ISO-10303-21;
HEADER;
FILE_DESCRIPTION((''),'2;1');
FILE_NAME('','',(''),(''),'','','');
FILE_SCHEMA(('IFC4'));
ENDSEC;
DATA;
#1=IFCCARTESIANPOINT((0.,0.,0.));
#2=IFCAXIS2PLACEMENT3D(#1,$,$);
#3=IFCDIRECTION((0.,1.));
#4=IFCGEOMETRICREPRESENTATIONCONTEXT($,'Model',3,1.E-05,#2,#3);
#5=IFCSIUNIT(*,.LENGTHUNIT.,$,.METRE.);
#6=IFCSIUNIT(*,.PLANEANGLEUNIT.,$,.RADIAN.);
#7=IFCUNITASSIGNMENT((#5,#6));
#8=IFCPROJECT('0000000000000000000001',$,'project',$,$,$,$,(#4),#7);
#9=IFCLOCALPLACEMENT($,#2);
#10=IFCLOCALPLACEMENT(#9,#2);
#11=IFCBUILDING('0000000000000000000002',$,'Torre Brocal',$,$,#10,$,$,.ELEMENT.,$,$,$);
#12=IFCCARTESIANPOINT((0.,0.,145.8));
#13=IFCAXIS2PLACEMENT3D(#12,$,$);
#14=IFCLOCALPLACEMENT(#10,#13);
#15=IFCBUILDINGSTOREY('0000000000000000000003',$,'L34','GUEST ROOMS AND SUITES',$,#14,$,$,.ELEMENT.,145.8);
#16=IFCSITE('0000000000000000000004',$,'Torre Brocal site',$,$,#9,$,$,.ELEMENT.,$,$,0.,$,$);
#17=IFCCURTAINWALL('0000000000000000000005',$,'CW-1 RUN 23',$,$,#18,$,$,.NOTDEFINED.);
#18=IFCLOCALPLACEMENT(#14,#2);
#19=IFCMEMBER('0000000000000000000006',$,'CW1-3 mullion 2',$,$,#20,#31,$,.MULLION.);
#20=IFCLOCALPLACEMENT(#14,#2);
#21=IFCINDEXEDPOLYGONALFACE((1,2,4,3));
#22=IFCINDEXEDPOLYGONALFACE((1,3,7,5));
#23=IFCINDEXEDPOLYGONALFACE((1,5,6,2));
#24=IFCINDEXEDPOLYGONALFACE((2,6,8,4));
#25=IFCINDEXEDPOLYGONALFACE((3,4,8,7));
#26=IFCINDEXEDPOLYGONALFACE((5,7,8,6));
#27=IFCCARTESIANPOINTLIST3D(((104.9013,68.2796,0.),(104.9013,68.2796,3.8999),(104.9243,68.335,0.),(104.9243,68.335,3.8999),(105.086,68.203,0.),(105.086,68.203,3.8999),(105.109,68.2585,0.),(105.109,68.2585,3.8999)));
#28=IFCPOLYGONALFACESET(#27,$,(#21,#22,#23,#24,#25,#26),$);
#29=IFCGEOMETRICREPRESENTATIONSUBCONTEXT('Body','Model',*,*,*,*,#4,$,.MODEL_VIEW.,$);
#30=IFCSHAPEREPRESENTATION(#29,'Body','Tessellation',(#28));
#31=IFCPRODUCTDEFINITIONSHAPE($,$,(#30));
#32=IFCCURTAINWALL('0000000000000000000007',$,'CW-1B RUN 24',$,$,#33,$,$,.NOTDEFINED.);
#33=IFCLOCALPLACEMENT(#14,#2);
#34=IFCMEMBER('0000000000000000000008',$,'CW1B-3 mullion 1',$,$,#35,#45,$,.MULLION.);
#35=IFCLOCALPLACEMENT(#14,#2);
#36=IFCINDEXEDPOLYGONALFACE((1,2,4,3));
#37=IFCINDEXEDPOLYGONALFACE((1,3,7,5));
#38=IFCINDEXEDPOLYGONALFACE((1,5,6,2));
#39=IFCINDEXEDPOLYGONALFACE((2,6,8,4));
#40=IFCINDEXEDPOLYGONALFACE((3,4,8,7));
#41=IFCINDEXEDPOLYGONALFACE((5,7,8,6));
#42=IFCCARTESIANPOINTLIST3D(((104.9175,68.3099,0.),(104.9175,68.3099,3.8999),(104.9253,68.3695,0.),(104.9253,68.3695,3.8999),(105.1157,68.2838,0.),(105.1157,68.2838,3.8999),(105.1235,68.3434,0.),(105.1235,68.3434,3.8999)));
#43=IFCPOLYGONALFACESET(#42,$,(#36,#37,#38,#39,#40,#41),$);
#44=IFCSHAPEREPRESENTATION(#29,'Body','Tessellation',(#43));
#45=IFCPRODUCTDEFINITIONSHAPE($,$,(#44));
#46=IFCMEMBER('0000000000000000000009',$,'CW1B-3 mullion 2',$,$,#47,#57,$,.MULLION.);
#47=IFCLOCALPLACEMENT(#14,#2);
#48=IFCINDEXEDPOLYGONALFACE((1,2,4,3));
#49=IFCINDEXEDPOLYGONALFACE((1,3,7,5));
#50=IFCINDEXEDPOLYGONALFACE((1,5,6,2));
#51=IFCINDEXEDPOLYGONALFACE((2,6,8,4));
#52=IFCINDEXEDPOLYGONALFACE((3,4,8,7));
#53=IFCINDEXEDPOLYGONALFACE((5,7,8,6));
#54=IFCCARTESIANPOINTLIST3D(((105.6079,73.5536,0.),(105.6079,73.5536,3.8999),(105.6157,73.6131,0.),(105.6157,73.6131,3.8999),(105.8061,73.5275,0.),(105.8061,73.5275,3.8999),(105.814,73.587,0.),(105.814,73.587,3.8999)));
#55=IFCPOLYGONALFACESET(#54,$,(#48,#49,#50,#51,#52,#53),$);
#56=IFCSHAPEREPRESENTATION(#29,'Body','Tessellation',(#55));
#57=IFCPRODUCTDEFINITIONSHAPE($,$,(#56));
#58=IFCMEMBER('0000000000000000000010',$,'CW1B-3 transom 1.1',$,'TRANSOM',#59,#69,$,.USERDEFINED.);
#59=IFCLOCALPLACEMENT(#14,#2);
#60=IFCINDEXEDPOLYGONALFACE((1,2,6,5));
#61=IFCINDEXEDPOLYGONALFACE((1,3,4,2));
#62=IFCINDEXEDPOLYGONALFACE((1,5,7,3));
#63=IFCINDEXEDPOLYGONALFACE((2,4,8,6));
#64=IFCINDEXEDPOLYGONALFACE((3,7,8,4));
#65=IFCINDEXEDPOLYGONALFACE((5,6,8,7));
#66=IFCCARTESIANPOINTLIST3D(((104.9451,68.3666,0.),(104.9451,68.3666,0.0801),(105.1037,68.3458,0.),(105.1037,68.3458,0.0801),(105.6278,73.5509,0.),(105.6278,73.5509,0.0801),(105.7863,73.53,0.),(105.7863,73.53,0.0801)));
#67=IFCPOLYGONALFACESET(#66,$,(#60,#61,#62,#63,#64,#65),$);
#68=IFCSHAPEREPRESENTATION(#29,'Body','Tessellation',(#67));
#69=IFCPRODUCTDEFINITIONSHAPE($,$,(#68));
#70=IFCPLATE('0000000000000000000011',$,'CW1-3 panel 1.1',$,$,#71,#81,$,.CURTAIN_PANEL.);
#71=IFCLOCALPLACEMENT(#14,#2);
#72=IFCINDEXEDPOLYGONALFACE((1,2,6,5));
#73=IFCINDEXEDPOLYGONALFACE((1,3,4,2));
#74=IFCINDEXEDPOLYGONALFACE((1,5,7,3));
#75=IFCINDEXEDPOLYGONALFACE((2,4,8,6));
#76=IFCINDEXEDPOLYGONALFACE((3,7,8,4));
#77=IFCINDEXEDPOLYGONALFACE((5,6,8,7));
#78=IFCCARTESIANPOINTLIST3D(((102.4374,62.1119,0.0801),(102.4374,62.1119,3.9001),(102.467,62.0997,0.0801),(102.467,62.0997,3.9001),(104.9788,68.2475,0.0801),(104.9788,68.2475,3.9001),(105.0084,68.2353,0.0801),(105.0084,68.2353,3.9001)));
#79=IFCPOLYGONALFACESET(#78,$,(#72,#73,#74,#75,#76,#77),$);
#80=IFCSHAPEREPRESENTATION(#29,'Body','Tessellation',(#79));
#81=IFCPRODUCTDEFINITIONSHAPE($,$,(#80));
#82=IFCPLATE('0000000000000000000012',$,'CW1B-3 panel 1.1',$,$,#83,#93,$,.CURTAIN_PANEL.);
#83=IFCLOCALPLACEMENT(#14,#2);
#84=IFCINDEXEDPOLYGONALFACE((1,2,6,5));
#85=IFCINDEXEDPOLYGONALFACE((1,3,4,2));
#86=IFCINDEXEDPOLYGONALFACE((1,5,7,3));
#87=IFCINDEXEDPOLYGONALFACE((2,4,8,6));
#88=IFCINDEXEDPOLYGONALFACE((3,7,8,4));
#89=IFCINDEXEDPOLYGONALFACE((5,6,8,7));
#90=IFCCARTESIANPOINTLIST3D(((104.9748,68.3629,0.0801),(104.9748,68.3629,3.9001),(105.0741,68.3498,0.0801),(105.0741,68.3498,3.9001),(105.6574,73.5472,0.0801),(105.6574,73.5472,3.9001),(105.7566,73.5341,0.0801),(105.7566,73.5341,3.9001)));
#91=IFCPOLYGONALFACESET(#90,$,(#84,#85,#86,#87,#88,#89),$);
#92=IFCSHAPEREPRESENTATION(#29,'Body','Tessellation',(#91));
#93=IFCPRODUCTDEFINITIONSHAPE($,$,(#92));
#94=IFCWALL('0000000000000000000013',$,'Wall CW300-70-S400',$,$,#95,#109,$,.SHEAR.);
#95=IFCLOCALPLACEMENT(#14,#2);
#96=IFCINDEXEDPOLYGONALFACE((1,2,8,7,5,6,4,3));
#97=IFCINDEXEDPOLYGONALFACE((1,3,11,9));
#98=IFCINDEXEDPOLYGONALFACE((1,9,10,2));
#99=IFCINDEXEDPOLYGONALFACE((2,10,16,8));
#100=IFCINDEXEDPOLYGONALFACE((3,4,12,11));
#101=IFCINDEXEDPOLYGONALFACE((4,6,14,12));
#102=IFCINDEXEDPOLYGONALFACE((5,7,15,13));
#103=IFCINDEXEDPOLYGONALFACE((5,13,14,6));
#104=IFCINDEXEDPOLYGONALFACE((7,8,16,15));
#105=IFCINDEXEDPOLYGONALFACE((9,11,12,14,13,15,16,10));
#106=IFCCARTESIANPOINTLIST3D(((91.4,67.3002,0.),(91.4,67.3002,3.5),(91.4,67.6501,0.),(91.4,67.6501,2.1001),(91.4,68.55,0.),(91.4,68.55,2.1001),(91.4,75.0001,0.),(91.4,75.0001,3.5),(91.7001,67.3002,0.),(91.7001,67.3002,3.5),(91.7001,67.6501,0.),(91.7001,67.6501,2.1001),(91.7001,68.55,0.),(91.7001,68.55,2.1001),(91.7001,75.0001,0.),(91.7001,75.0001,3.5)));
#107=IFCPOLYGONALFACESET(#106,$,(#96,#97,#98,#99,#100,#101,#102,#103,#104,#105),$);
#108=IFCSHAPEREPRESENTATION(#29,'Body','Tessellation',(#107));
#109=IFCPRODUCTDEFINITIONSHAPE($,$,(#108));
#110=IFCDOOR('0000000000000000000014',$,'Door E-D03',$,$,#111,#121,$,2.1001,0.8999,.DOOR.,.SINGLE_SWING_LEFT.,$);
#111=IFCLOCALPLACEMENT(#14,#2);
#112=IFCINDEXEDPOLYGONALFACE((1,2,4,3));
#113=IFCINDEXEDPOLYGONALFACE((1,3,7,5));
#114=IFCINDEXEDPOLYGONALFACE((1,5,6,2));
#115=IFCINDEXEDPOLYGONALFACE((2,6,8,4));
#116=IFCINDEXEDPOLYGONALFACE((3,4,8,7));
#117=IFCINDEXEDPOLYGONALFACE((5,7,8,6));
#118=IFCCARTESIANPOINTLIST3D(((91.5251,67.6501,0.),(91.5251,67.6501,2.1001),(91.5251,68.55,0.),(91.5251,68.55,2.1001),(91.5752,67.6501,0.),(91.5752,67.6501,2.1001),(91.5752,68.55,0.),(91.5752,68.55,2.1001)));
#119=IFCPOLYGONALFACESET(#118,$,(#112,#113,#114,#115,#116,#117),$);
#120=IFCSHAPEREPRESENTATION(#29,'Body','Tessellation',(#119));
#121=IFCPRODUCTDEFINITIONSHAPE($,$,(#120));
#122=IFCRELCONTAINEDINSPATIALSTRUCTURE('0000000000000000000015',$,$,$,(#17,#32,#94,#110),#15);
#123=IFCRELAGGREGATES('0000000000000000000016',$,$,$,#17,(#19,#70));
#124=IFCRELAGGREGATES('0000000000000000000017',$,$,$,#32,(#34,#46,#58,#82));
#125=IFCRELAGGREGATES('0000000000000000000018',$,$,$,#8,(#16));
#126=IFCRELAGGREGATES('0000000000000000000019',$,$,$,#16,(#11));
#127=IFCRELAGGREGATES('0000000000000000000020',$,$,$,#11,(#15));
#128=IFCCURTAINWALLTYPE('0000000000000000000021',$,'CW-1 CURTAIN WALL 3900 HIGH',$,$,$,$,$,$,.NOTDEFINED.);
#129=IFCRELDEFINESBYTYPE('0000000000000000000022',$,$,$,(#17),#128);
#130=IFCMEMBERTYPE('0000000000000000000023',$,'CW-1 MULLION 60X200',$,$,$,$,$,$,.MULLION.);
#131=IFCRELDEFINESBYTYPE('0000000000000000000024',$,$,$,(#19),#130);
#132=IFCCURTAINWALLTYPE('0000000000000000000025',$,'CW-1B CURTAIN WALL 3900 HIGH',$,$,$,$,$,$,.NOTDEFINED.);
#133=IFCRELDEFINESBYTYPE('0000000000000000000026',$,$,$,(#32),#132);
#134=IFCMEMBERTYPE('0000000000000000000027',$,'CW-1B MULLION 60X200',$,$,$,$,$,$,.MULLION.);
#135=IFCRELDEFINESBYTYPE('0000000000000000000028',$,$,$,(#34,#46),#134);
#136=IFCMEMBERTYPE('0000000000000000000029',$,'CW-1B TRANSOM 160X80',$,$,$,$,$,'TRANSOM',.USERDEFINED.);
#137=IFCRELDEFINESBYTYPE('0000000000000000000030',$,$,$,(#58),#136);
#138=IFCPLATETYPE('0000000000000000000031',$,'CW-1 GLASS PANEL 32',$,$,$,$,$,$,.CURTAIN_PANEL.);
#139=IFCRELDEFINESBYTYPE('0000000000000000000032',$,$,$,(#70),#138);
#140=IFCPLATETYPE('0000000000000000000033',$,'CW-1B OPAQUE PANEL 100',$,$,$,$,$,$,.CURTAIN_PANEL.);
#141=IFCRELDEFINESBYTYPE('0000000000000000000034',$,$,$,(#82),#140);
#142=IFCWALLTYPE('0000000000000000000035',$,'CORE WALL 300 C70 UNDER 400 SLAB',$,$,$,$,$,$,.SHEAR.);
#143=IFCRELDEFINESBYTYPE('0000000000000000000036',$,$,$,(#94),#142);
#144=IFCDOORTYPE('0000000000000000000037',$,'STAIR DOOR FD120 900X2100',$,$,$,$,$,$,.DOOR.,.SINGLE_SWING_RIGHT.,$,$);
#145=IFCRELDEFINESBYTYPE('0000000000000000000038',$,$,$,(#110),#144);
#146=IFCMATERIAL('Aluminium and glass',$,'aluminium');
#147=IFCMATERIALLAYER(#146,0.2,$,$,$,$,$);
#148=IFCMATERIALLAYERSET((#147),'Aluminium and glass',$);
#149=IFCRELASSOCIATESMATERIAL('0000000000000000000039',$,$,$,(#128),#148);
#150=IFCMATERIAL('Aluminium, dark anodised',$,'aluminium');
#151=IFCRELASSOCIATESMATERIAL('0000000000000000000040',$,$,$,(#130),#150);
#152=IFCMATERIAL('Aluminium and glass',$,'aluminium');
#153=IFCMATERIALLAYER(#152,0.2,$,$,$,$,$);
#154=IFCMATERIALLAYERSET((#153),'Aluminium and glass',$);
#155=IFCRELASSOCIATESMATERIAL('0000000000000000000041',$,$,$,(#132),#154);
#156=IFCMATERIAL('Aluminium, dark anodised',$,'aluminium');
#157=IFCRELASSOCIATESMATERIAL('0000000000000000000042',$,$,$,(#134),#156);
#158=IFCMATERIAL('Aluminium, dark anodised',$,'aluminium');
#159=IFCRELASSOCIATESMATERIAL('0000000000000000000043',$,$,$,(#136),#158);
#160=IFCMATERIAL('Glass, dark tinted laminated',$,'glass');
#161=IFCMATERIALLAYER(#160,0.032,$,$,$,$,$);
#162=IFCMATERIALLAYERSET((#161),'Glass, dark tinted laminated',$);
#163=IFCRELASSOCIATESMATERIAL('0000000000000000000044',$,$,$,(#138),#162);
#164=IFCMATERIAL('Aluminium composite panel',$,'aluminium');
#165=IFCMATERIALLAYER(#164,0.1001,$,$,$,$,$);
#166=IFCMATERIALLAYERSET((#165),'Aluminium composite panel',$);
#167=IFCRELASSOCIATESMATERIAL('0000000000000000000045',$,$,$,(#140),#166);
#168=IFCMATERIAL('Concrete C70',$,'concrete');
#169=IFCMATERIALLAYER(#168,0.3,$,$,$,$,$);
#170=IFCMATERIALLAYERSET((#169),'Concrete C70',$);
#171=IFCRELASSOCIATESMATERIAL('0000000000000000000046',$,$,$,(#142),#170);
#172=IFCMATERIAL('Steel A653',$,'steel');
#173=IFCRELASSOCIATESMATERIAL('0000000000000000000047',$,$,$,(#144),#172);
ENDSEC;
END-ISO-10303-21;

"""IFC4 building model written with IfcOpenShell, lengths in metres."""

from ifc_helpers import new_model, si_unit, direction, frame, frame_2d, origin, origin_2d, place, context, subcontext, project, spatial, rectangle, extrude, material, layer, layer_set, material_profile, profile_set, type_object, element, fill, aggregate, save


model = new_model("IFC4")

# Units and contexts
model_context = context("Model", 3, precision=1e-05, world=origin(), true_north=direction((0.0, 1.0)))
body_context = subcontext(model_context, "Body", "Model", "MODEL_VIEW")
ifc_project = project(units=[si_unit("LENGTHUNIT", "METRE"), si_unit("PLANEANGLEUNIT", "RADIAN")], contexts=[model_context])

# Site, building, storey
site_placement = place(None, origin())
site = spatial("IfcSite", under=ifc_project, at=site_placement, Name="Torre Brocal site", CompositionType="ELEMENT", RefElevation=0.0)
building_placement = place(site_placement, origin())
building = spatial("IfcBuilding", under=site, at=building_placement, Name="Torre Brocal", CompositionType="ELEMENT")
storey_placement = place(building_placement, frame((0.0, 0.0, 145.8)))
storey = spatial("IfcBuildingStorey", under=building, at=storey_placement, Name="L34", Description="GUEST ROOMS AND SUITES", CompositionType="ELEMENT", Elevation=145.8)

# Curtain wall, member
ifc_material_1 = material(Name="Aluminium and glass", Category="aluminium")
ifc_layer_1 = layer(ifc_material_1, 0.2)
ifc_layer_set_1 = layer_set([ifc_layer_1], Name="Aluminium and glass")
curtain_wall_type_1 = type_object("IfcCurtainWallType", Name="CW-1 CURTAIN WALL 3900 HIGH", PredefinedType="NOTDEFINED", material=ifc_layer_set_1)
curtain_wall_1_placement = place(storey_placement, origin())
curtain_wall_1 = element("IfcCurtainWall", 1, at=curtain_wall_1_placement, inside=storey, type_object=curtain_wall_type_1, Name="CW-1 RUN 23", PredefinedType="NOTDEFINED")
ifc_material_2 = material(Name="Aluminium, dark anodised", Category="aluminium")
ifc_material_profile_1 = material_profile(ifc_material_2, rectangle(XDim=0.2, YDim=0.0601, at=origin_2d()), Name="CW-1 MULLION 60X200")
ifc_profile_set_1 = profile_set([ifc_material_profile_1], Name="Aluminium, dark anodised")
member_type_1 = type_object("IfcMemberType", Name="CW-1 MULLION 60X200", PredefinedType="MULLION", material=ifc_profile_set_1)
member_1_placement = place(storey_placement, frame((105.0051, 68.269, 0.0), z_axis=(0.0, 0.0, 1.0), x_axis=(-0.92388, 0.382683, 0.0)))
member_1 = element("IfcMember", 2, at=member_1_placement, type_object=member_type_1, Name="CW1-3 mullion 2", PredefinedType="MULLION", context=body_context, shape_type="SweptSolid", body=[
    extrude(rectangle(XDim=0.2, YDim=0.0601, at=origin_2d()), origin(), (0.0, 0.0, 1.0), 3.8999),
])

# Curtain wall, members
ifc_material_3 = material(Name="Aluminium and glass", Category="aluminium")
ifc_layer_2 = layer(ifc_material_3, 0.2)
ifc_layer_set_2 = layer_set([ifc_layer_2], Name="Aluminium and glass")
curtain_wall_type_2 = type_object("IfcCurtainWallType", Name="CW-1B CURTAIN WALL 3900 HIGH", PredefinedType="NOTDEFINED", material=ifc_layer_set_2)
curtain_wall_2_placement = place(storey_placement, origin())
curtain_wall_2 = element("IfcCurtainWall", 3, at=curtain_wall_2_placement, inside=storey, type_object=curtain_wall_type_2, Name="CW-1B RUN 24", PredefinedType="NOTDEFINED")
ifc_material_4 = material(Name="Aluminium, dark anodised", Category="aluminium")
ifc_material_profile_2 = material_profile(ifc_material_4, rectangle(XDim=0.2, YDim=0.0601, at=origin_2d()), Name="CW-1B MULLION 60X200")
ifc_profile_set_2 = profile_set([ifc_material_profile_2], Name="Aluminium, dark anodised")
member_type_2 = type_object("IfcMemberType", Name="CW-1B MULLION 60X200", PredefinedType="MULLION", material=ifc_profile_set_2)
member_2_placement = place(storey_placement, frame((105.0205, 68.3267, 0.0), z_axis=(0.0, 0.0, 1.0), x_axis=(-0.991445, 0.130526, 0.0)))
member_2 = element("IfcMember", 4, at=member_2_placement, type_object=member_type_2, Name="CW1B-3 mullion 1", PredefinedType="MULLION", context=body_context, shape_type="SweptSolid", body=[
    extrude(rectangle(XDim=0.2, YDim=0.0601, at=origin_2d()), origin(), (0.0, 0.0, 1.0), 3.8999),
])
member_3_placement = place(storey_placement, frame((105.7109, 73.5703, 0.0), z_axis=(0.0, 0.0, 1.0), x_axis=(-0.991445, 0.130526, 0.0)))
member_3 = element("IfcMember", 5, at=member_3_placement, type_object=member_type_2, Name="CW1B-3 mullion 2", PredefinedType="MULLION", context=body_context, shape_type="SweptSolid", body=[
    extrude(rectangle(XDim=0.2, YDim=0.0601, at=origin_2d()), origin(), (0.0, 0.0, 1.0), 3.8999),
])
ifc_material_5 = material(Name="Aluminium, dark anodised", Category="aluminium")
ifc_material_profile_3 = material_profile(ifc_material_5, rectangle(XDim=0.1599, YDim=0.0801, at=origin_2d()), Name="CW-1B TRANSOM 160X80")
ifc_profile_set_3 = profile_set([ifc_material_profile_3], Name="Aluminium, dark anodised")
member_type_3 = type_object("IfcMemberType", Name="CW-1B TRANSOM 160X80", ElementType="TRANSOM", PredefinedType="USERDEFINED", material=ifc_profile_set_3)
member_4_placement = place(storey_placement, frame((105.0244, 68.3562, 0.04), z_axis=(0.130543, 0.991443, 0.0), x_axis=(-0.991443, 0.130543, 0.0)))
member_4 = element("IfcMember", 6, at=member_4_placement, type_object=member_type_3, Name="CW1B-3 transom 1.1", ObjectType="TRANSOM", PredefinedType="USERDEFINED", context=body_context, shape_type="SweptSolid", body=[
    extrude(rectangle(XDim=0.1599, YDim=0.0801, at=origin_2d()), origin(), (0.0, 0.0, 1.0), 5.229),
])

# Plates
ifc_material_6 = material(Name="Glass, dark tinted laminated", Category="glass")
ifc_layer_3 = layer(ifc_material_6, 0.032)
ifc_layer_set_3 = layer_set([ifc_layer_3], Name="Glass, dark tinted laminated")
plate_type_1 = type_object("IfcPlateType", Name="CW-1 GLASS PANEL 32", PredefinedType="CURTAIN_PANEL", material=ifc_layer_set_3)
plate_1_placement = place(storey_placement, frame((103.7229, 65.1736, 0.0801), z_axis=(0.0, 0.0, 1.0), x_axis=(0.382683, 0.92388, 0.0)))
plate_1 = element("IfcPlate", 7, at=plate_1_placement, type_object=plate_type_1, Name="CW1-3 panel 1.1", PredefinedType="CURTAIN_PANEL", context=body_context, shape_type="SweptSolid", body=[
    extrude(rectangle(XDim=6.6411, YDim=0.032, at=origin_2d()), origin(), (0.0, 0.0, 1.0), 3.8201),
])
aggregate(curtain_wall_1, [member_1, plate_1])
ifc_material_7 = material(Name="Aluminium composite panel", Category="aluminium")
ifc_layer_4 = layer(ifc_material_7, 0.1001)
ifc_layer_set_4 = layer_set([ifc_layer_4], Name="Aluminium composite panel")
plate_type_2 = type_object("IfcPlateType", Name="CW-1B OPAQUE PANEL 100", PredefinedType="CURTAIN_PANEL", material=ifc_layer_set_4)
plate_2_placement = place(storey_placement, frame((105.3657, 70.9485, 0.0801), z_axis=(0.0, 0.0, 1.0), x_axis=(0.130526, 0.991445, 0.0)))
plate_2 = element("IfcPlate", 8, at=plate_2_placement, type_object=plate_type_2, Name="CW1B-3 panel 1.1", PredefinedType="CURTAIN_PANEL", context=body_context, shape_type="SweptSolid", body=[
    extrude(rectangle(XDim=5.229, YDim=0.1001, at=origin_2d()), origin(), (0.0, 0.0, 1.0), 3.8201),
])
aggregate(curtain_wall_2, [member_2, member_3, member_4, plate_2])

# Wall, opening, door
ifc_material_8 = material(Name="Concrete C70", Category="concrete")
ifc_layer_5 = layer(ifc_material_8, 0.3)
ifc_layer_set_5 = layer_set([ifc_layer_5], Name="Concrete C70")
wall_type_1 = type_object("IfcWallType", Name="CORE WALL 300 C70 UNDER 400 SLAB", PredefinedType="SHEAR", material=ifc_layer_set_5)
wall_1_placement = place(storey_placement, frame((91.55, 67.3, 0.0), z_axis=(0.0, 0.0, 1.0), x_axis=(0.0, 1.0, 0.0)))
wall_1 = element("IfcWall", 9, at=wall_1_placement, inside=storey, type_object=wall_type_1, Name="Wall CW300-70-S400", PredefinedType="SHEAR", context=body_context, shape_type="SweptSolid", body=[
    extrude(rectangle(XDim=7.7, YDim=0.3, at=frame_2d((3.8501, 0.0))), origin(), (0.0, 0.0, 1.0), 3.5),
])
opening_1_placement = place(wall_1_placement, frame((0.3501, 0.0, 0.0)))
opening_1 = element("IfcOpeningElement", 10, at=opening_1_placement, cuts=wall_1, PredefinedType="OPENING", context=body_context, shape_type="SweptSolid", body=[
    extrude(rectangle(XDim=0.8999, YDim=2.1001, at=frame_2d((0.45, 1.05))), frame((0.0, 0.1599, 0.0), z_axis=(0.0, -1.0, 0.0), x_axis=(1.0, 0.0, 0.0)), (0.0, 0.0, 1.0), 0.3201),
])
ifc_material_9 = material(Name="Steel A653", Category="steel")
door_type_1 = type_object("IfcDoorType", Name="STAIR DOOR FD120 900X2100", OperationType="SINGLE_SWING_RIGHT", PredefinedType="DOOR", material=ifc_material_9)
door_1_placement = place(opening_1_placement, origin())
door_1 = element("IfcDoor", 11, at=door_1_placement, inside=storey, type_object=door_type_1, Name="Door E-D03", OperationType="SINGLE_SWING_LEFT", OverallHeight=2.1001, OverallWidth=0.8999, PredefinedType="DOOR", context=body_context, shape_type="SweptSolid", body=[
    extrude(rectangle(XDim=0.8999, YDim=2.1001, at=frame_2d((0.45, 1.05))), frame((0.0, 0.0249, 0.0), z_axis=(0.0, -1.0, 0.0), x_axis=(1.0, 0.0, 0.0)), (0.0, 0.0, 1.0), 0.05),
])
fill(opening_1, door_1)

save(model, "model.ifc")
